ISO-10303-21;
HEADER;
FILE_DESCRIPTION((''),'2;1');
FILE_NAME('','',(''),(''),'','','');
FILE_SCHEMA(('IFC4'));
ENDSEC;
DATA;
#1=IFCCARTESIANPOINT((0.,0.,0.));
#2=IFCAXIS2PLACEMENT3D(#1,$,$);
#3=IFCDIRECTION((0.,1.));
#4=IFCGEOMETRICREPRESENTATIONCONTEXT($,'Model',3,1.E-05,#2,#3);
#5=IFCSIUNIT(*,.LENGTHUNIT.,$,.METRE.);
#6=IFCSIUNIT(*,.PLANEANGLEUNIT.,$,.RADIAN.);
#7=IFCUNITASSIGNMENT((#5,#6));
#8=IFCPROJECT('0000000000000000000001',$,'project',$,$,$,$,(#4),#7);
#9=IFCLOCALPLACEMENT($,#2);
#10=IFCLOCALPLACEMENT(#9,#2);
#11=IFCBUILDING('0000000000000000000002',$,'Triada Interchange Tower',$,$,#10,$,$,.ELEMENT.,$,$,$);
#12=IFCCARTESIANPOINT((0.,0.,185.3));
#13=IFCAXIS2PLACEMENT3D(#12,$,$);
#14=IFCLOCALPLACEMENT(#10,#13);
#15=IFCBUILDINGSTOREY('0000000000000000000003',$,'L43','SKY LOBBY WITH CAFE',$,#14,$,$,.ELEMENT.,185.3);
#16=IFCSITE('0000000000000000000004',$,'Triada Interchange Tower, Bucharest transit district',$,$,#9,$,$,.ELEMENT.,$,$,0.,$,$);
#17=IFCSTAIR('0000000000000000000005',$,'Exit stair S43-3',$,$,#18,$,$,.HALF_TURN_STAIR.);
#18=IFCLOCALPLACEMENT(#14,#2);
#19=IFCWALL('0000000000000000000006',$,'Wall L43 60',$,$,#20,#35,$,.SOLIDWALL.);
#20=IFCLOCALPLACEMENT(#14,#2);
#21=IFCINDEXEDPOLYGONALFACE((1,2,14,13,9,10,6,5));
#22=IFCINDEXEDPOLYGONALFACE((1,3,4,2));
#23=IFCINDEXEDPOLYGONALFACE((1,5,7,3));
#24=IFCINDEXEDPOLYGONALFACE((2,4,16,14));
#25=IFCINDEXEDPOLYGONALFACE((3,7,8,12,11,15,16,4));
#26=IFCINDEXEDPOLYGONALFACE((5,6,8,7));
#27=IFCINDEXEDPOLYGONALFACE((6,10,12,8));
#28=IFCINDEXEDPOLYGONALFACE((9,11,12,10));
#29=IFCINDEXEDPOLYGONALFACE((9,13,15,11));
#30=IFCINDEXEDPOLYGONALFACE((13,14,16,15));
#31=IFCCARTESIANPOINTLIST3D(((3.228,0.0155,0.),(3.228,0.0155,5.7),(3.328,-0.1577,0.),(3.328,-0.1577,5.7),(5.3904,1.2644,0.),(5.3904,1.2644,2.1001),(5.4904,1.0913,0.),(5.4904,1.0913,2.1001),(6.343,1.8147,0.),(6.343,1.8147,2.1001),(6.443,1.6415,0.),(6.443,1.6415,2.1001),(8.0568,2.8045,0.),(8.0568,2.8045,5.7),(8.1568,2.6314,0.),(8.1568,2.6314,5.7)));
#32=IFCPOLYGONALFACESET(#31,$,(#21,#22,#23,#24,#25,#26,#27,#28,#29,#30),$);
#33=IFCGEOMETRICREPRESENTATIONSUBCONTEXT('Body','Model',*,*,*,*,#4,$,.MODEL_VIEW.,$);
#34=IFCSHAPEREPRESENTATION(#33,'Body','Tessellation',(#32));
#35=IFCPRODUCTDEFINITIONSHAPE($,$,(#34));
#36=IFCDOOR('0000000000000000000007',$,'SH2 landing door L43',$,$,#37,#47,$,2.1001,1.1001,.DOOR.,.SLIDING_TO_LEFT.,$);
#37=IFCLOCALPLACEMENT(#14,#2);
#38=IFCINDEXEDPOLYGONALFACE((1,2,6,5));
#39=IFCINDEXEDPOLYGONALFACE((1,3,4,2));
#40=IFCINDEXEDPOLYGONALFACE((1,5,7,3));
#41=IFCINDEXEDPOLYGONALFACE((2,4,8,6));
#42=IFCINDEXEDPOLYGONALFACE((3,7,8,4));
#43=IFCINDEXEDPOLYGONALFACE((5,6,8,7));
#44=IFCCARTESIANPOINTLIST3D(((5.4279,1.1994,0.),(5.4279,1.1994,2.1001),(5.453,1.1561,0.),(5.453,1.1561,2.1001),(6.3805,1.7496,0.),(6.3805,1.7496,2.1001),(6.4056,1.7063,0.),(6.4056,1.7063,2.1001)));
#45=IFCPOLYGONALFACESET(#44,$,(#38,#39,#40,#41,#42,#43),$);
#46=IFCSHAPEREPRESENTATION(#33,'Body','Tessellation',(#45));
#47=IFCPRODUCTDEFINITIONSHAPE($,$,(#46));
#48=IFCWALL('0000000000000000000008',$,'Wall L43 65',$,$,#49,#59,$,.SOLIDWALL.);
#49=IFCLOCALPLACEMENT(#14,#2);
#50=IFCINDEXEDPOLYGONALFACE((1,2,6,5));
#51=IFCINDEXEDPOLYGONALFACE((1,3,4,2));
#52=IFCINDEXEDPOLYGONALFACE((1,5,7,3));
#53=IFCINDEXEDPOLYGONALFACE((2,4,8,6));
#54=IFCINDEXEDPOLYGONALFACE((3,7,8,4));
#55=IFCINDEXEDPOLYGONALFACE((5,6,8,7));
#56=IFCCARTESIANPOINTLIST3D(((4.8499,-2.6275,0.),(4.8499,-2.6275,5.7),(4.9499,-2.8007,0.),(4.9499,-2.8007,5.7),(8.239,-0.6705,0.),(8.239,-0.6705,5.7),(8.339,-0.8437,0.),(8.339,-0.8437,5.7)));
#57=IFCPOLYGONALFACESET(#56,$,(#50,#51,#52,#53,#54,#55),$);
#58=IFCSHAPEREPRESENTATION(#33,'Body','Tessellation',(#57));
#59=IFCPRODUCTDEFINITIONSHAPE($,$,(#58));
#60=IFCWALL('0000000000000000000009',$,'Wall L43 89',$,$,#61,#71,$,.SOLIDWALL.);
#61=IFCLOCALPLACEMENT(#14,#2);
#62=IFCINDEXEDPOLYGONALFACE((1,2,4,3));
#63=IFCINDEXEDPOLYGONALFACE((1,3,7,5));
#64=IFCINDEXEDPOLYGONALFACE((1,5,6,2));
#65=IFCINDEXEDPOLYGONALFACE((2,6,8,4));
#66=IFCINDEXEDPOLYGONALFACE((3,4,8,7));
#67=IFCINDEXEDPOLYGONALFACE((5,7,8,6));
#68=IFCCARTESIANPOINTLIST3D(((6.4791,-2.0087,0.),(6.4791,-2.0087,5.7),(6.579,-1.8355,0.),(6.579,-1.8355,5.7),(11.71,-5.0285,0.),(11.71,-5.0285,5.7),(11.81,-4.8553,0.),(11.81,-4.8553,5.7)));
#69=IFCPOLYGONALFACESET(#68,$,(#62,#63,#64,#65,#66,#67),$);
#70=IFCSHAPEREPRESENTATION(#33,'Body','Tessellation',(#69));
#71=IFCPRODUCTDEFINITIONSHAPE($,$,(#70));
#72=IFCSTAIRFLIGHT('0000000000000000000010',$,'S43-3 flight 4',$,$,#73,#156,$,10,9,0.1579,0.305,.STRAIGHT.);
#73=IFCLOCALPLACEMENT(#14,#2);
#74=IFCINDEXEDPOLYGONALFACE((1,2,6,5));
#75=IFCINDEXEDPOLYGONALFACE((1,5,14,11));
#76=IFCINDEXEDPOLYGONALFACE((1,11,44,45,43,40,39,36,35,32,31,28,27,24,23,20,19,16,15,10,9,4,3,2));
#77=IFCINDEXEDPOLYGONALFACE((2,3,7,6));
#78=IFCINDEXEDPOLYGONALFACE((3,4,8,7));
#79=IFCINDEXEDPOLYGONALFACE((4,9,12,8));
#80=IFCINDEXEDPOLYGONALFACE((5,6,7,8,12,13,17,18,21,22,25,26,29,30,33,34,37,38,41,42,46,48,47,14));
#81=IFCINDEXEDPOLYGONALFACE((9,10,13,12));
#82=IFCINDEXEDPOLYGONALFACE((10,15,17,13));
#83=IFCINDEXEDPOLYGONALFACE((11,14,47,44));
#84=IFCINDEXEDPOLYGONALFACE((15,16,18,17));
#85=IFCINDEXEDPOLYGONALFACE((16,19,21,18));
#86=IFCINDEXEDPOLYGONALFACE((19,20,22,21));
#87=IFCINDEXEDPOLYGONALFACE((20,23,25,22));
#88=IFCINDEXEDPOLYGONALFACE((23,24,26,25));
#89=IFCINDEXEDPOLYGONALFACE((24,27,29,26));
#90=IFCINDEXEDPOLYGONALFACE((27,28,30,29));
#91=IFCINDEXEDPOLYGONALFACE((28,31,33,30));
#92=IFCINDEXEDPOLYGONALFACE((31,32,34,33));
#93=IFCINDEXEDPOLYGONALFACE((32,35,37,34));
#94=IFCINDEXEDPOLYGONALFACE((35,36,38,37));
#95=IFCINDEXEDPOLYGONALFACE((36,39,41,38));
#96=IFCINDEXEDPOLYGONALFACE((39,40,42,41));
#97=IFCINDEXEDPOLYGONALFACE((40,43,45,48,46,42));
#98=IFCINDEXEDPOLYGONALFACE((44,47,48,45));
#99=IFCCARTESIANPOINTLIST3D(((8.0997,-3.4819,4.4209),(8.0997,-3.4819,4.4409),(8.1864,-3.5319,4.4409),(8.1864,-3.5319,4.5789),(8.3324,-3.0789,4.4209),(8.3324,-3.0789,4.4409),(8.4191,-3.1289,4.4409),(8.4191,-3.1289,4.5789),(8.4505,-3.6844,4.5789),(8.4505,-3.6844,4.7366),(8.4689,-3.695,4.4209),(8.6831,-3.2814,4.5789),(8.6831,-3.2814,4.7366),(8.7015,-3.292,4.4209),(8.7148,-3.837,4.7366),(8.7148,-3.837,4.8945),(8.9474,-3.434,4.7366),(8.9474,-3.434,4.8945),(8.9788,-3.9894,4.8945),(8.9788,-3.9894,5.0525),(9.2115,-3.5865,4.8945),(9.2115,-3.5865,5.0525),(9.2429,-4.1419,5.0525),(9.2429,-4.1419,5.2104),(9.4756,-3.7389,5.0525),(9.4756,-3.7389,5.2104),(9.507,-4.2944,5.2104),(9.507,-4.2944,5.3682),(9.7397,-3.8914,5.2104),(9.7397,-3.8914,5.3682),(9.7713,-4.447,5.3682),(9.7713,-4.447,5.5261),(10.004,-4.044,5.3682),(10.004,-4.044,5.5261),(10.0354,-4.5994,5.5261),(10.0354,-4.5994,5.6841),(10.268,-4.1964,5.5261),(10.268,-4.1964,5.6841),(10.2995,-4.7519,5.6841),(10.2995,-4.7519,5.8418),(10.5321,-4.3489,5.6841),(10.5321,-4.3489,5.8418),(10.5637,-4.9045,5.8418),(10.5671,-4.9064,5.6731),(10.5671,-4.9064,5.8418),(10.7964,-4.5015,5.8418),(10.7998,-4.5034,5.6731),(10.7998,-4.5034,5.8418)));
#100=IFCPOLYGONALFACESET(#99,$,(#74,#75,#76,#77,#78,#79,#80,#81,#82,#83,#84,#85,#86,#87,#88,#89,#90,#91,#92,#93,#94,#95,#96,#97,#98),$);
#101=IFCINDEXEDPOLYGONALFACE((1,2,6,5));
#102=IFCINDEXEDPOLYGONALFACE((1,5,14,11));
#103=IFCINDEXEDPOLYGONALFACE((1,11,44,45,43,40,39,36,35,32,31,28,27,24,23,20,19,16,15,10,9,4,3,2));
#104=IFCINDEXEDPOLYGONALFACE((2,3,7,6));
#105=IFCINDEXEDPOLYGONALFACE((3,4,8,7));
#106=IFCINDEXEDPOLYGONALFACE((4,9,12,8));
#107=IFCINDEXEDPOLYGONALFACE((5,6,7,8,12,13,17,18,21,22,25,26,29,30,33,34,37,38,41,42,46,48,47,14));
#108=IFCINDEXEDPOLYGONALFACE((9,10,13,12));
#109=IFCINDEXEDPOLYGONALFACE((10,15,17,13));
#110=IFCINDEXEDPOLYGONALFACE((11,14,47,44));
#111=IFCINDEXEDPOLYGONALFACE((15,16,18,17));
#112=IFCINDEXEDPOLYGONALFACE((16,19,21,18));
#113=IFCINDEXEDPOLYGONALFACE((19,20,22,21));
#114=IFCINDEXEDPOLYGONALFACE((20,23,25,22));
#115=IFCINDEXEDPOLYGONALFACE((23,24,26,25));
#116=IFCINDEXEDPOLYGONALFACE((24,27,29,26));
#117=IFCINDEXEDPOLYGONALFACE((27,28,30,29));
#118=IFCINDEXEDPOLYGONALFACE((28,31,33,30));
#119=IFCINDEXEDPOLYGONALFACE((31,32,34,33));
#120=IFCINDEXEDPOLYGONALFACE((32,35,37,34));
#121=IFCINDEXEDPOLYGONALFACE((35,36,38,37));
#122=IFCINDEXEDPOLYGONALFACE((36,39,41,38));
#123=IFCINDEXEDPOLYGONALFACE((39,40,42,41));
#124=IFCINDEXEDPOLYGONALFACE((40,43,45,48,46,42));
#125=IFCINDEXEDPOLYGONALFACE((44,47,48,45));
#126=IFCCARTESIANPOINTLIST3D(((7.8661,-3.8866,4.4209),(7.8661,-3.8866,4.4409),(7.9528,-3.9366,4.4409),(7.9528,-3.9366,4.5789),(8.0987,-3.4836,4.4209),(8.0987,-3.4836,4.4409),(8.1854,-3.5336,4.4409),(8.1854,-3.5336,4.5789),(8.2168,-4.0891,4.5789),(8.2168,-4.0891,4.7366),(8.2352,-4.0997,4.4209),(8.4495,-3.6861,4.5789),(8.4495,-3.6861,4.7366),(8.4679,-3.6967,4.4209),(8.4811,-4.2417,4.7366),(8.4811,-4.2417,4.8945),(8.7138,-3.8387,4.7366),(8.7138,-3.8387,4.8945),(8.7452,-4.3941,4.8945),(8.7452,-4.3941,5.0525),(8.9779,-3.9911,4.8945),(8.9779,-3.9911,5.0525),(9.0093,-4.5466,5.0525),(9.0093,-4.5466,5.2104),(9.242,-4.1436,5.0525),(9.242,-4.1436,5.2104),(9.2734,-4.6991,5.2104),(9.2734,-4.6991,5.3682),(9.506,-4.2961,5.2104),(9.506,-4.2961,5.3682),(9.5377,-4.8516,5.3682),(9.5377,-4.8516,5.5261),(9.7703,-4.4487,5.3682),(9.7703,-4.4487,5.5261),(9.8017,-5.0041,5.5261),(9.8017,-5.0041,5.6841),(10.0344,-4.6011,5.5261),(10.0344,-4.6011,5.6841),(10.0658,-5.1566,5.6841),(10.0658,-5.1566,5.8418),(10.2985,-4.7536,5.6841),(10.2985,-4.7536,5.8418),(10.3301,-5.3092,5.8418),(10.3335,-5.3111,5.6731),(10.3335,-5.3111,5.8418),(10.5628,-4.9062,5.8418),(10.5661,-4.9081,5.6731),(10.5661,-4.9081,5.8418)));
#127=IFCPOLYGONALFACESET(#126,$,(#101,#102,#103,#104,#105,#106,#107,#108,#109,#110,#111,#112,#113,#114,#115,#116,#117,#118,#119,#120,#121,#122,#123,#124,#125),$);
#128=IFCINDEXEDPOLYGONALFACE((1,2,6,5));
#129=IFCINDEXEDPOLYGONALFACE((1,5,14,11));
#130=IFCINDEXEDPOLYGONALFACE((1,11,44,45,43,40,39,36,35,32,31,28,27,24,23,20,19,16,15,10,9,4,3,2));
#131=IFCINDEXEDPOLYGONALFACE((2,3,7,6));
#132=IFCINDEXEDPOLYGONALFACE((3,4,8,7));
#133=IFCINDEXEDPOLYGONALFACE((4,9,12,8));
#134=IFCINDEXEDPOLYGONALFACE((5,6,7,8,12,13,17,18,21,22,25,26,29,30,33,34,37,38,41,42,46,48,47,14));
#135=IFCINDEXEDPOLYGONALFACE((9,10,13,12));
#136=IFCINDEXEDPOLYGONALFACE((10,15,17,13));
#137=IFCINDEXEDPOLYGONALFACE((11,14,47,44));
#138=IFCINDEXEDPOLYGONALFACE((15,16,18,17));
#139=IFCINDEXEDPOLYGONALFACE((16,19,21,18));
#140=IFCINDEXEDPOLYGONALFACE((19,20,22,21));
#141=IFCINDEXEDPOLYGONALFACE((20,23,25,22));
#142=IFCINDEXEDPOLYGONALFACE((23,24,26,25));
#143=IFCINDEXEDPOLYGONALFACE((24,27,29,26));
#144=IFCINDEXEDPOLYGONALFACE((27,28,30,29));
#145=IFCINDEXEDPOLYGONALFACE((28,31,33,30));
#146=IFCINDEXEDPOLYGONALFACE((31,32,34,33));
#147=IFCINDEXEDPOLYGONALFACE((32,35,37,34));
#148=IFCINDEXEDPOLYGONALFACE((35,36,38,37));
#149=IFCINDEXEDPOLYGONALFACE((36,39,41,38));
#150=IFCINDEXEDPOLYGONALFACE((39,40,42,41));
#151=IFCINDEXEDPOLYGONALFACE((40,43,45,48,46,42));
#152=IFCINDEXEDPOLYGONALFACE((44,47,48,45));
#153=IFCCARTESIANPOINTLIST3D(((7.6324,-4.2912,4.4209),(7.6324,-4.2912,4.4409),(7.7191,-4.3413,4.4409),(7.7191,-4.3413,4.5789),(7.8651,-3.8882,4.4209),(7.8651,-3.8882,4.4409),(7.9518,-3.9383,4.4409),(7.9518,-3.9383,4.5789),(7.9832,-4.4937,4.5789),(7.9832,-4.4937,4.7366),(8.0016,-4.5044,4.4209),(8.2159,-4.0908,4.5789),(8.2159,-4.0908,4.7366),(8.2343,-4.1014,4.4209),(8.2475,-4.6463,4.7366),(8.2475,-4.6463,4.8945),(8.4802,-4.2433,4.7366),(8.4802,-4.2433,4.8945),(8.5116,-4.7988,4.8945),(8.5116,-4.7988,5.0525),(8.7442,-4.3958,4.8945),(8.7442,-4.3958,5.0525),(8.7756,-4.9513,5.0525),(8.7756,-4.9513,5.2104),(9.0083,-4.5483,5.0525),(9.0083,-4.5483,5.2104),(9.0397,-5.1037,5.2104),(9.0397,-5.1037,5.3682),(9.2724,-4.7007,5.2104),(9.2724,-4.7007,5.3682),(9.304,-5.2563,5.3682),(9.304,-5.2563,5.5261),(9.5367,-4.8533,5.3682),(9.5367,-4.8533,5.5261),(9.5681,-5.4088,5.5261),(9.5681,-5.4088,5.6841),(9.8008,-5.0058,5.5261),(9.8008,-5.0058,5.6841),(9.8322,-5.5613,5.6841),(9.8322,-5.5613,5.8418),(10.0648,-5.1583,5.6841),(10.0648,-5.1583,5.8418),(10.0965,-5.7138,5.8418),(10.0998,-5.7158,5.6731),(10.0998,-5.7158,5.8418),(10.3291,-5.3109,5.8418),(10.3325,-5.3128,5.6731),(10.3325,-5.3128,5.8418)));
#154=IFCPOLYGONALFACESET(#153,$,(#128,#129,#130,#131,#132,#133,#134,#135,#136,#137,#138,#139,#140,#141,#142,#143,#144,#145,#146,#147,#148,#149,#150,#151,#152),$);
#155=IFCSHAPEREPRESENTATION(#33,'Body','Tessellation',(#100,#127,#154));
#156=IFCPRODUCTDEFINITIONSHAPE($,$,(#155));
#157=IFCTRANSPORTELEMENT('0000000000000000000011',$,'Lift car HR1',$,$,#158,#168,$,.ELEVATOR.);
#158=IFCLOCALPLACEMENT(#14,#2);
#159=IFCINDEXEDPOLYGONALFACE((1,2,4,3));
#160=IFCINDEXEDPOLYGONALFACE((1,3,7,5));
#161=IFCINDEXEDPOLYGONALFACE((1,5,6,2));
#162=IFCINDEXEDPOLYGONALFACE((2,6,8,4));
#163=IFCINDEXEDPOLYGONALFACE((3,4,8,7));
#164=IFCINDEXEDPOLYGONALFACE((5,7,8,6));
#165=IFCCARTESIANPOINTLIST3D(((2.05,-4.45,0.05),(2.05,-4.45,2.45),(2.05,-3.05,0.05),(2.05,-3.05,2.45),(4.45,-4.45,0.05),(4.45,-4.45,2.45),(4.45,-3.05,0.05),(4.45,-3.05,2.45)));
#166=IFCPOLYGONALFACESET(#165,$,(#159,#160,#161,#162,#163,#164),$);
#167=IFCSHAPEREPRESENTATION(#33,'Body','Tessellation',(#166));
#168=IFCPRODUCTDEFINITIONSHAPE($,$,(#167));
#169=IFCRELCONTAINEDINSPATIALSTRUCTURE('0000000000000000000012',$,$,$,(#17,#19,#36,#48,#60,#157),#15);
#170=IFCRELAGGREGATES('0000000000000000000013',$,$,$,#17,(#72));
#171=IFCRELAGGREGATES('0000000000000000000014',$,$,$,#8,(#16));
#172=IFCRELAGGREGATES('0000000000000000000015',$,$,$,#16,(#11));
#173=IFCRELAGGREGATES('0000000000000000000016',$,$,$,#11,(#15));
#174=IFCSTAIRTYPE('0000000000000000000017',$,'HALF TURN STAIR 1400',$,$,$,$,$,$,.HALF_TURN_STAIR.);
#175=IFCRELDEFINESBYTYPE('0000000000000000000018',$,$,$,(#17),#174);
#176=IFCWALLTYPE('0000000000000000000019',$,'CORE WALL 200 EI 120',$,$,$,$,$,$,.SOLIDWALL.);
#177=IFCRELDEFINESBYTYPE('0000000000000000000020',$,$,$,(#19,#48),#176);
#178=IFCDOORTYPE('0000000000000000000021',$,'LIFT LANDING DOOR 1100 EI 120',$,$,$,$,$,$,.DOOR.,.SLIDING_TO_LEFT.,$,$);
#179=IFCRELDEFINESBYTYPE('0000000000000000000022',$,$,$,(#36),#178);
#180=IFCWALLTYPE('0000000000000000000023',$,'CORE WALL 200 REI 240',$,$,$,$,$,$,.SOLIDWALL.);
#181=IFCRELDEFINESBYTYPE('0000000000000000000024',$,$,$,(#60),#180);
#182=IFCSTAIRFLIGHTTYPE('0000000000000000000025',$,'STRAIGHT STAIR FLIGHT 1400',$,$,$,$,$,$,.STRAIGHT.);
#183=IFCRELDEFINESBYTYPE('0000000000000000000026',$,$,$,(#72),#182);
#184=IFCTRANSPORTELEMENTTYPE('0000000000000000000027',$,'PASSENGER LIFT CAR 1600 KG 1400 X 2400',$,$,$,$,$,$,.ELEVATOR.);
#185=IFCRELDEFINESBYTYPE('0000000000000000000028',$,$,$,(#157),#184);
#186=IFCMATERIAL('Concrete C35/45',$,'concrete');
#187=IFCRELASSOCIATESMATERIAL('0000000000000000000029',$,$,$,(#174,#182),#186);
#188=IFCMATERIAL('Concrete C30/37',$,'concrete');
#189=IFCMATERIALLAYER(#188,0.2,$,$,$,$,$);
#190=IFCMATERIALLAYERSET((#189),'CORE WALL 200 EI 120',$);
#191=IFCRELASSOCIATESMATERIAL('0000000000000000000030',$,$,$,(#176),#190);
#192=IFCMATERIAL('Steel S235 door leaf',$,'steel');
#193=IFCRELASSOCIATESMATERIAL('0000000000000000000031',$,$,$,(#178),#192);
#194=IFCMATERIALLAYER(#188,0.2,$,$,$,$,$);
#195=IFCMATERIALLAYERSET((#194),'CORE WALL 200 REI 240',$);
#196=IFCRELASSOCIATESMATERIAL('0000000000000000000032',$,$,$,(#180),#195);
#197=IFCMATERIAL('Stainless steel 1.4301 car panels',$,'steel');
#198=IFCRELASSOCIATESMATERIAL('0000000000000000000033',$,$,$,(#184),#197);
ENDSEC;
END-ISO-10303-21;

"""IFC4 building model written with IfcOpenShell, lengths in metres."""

from ifc_helpers import new_model, si_unit, direction, frame, frame_2d, origin, origin_2d, place, context, subcontext, project, spatial, polyline, rectangle, outline, extrude, material, layer, layer_set, type_object, element, fill, aggregate, save


model = new_model("IFC4")

# Units and contexts
model_context = context("Model", 3, precision=1e-05, world=origin(), true_north=direction((0.0, 1.0)))
body_context = subcontext(model_context, "Body", "Model", "MODEL_VIEW")
ifc_project = project(units=[si_unit("LENGTHUNIT", "METRE"), si_unit("PLANEANGLEUNIT", "RADIAN")], contexts=[model_context])

# Site, building, storey
site_placement = place(None, origin())
site = spatial("IfcSite", under=ifc_project, at=site_placement, Name="Triada Interchange Tower, Bucharest transit district", CompositionType="ELEMENT", RefElevation=0.0)
building_placement = place(site_placement, origin())
building = spatial("IfcBuilding", under=site, at=building_placement, Name="Triada Interchange Tower", CompositionType="ELEMENT")
storey_placement = place(building_placement, frame((0.0, 0.0, 185.3)))
storey = spatial("IfcBuildingStorey", under=building, at=storey_placement, Name="L43", Description="SKY LOBBY WITH CAFE", CompositionType="ELEMENT", Elevation=185.3)

# Stair
ifc_material_1 = material(Name="Concrete C35/45", Category="concrete")
stair_type = type_object("IfcStairType", Name="HALF TURN STAIR 1400", PredefinedType="HALF_TURN_STAIR", material=ifc_material_1)
stair_1_placement = place(storey_placement, origin())
stair_1 = element("IfcStair", 1, at=stair_1_placement, inside=storey, type_object=stair_type, Name="Exit stair S43-3", PredefinedType="HALF_TURN_STAIR")

# Wall, opening, door
ifc_material_2 = material(Name="Concrete C30/37", Category="concrete")
ifc_layer_1 = layer(ifc_material_2, 0.2)
ifc_layer_set_1 = layer_set([ifc_layer_1], Name="CORE WALL 200 EI 120")
wall_type_1 = type_object("IfcWallType", Name="CORE WALL 200 EI 120", PredefinedType="SOLIDWALL", material=ifc_layer_set_1)
ifc_material_3 = material(Name="Steel S235 door leaf", Category="steel")
door_type = type_object("IfcDoorType", Name="LIFT LANDING DOOR 1100 EI 120", OperationType="SLIDING_TO_LEFT", PredefinedType="DOOR", material=ifc_material_3)
wall_1_placement = place(storey_placement, frame((3.2781, -0.071, 0.0), z_axis=(0.0, 0.0, 1.0), x_axis=(0.865938, 0.500151, 0.0)))
wall_1 = element("IfcWall", 2, at=wall_1_placement, inside=storey, type_object=wall_type_1, Name="Wall L43 60", PredefinedType="SOLIDWALL", context=body_context, shape_type="SweptSolid", body=[
    extrude(rectangle(XDim=5.5764, YDim=0.2, at=frame_2d((2.7881, 0.0))), origin(), (0.0, 0.0, 1.0), 5.7),
])
opening_1_placement = place(wall_1_placement, frame((2.4971, 0.0, 0.0)))
opening_1 = element("IfcOpeningElement", 3, at=opening_1_placement, cuts=wall_1, PredefinedType="OPENING", context=body_context, shape_type="SweptSolid", body=[
    extrude(rectangle(XDim=1.1001, YDim=2.1001, at=frame_2d((0.55, 1.05))), frame((0.0, 0.1099, 0.0), z_axis=(0.0, -1.0, 0.0), x_axis=(1.0, 0.0, 0.0)), (0.0, 0.0, 1.0), 0.22),
])
door_1_placement = place(opening_1_placement, origin())
door_1 = element("IfcDoor", 4, at=door_1_placement, inside=storey, type_object=door_type, Name="SH2 landing door L43", OperationType="SLIDING_TO_LEFT", OverallHeight=2.1001, OverallWidth=1.1001, PredefinedType="DOOR", context=body_context, shape_type="SweptSolid", body=[
    extrude(rectangle(XDim=1.1001, YDim=2.1001, at=frame_2d((0.55, 1.05))), frame((0.0, 0.0249, 0.0), z_axis=(0.0, -1.0, 0.0), x_axis=(1.0, 0.0, 0.0)), (0.0, 0.0, 1.0), 0.05),
])
fill(opening_1, door_1)

# Walls
wall_2_placement = place(storey_placement, frame((4.8999, -2.7141, 0.0), z_axis=(0.0, 0.0, 1.0), x_axis=(0.865992, 0.500057, 0.0)))
element("IfcWall", 5, at=wall_2_placement, inside=storey, type_object=wall_type_1, Name="Wall L43 65", PredefinedType="SOLIDWALL", context=body_context, shape_type="SweptSolid", body=[
    extrude(rectangle(XDim=3.9136, YDim=0.2, at=frame_2d((1.9568, 0.0))), origin(), (0.0, 0.0, 1.0), 5.7),
])
ifc_layer_2 = layer(ifc_material_2, 0.2)
ifc_layer_set_2 = layer_set([ifc_layer_2], Name="CORE WALL 200 REI 240")
wall_type_2 = type_object("IfcWallType", Name="CORE WALL 200 REI 240", PredefinedType="SOLIDWALL", material=ifc_layer_set_2)
wall_3_placement = place(storey_placement, frame((6.5291, -1.9221, 0.0), z_axis=(0.0, 0.0, 1.0), x_axis=(0.866048, -0.49996, 0.0)))
element("IfcWall", 6, at=wall_3_placement, inside=storey, type_object=wall_type_2, Name="Wall L43 89", PredefinedType="SOLIDWALL", context=body_context, shape_type="SweptSolid", body=[
    extrude(rectangle(XDim=6.04, YDim=0.2, at=frame_2d((3.02, 0.0))), origin(), (0.0, 0.0, 1.0), 5.7),
])

# Stair flight
stair_flight_type = type_object("IfcStairFlightType", Name="STRAIGHT STAIR FLIGHT 1400", PredefinedType="STRAIGHT", material=ifc_material_1)
stair_flight_placement = place(storey_placement, frame((8.0691, -3.7351, 4.4209), z_axis=(0.0, 0.0, 1.0), x_axis=(0.866025, -0.5, 0.0)))
stair_flight = element("IfcStairFlight", 7, at=stair_flight_placement, type_object=stair_flight_type, Name="S43-3 flight 4", NumberOfRisers=10, NumberOfTreads=9, PredefinedType="STRAIGHT", RiserHeight=0.1579, TreadLength=0.305, context=body_context, shape_type="SweptSolid", body=[
    extrude(outline(polyline([(-0.1001, 0.0), (-0.1001, 0.02), (0.0, 0.02), (0.0, 0.158), (0.3049, 0.158), (0.3049, 0.3157), (0.6101, 0.3157), (0.6101, 0.4736), (0.915, 0.4736), (0.915, 0.6316), (1.22, 0.6316), (1.22, 0.7896), (1.5249, 0.7896), (1.5249, 0.9473), (1.8301, 0.9473), (1.8301, 1.1052), (2.135, 1.1052), (2.135, 1.2632), (2.4399, 1.2632), (2.4399, 1.4209), (2.7451, 1.4209), (2.749, 1.4209), (2.749, 1.5789), (2.749, 1.2522), (0.3262, 0.0), (-0.1001, 0.0)])), frame((0.0, 0.7, 0.0), z_axis=(0.0, -1.0, 0.0), x_axis=(1.0, 0.0, 0.0)), (0.0, 0.0, 1.0), 0.4653),
    extrude(outline(polyline([(-0.1001, 0.0), (-0.1001, 0.02), (0.0, 0.02), (0.0, 0.158), (0.3049, 0.158), (0.3049, 0.3157), (0.6101, 0.3157), (0.6101, 0.4736), (0.915, 0.4736), (0.915, 0.6316), (1.22, 0.6316), (1.22, 0.7896), (1.5249, 0.7896), (1.5249, 0.9473), (1.8301, 0.9473), (1.8301, 1.1052), (2.135, 1.1052), (2.135, 1.2632), (2.4399, 1.2632), (2.4399, 1.4209), (2.7451, 1.4209), (2.749, 1.4209), (2.749, 1.5789), (2.749, 1.2522), (0.3262, 0.0), (-0.1001, 0.0)])), frame((0.0, 0.2327, 0.0), z_axis=(0.0, -1.0, 0.0), x_axis=(1.0, 0.0, 0.0)), (0.0, 0.0, 1.0), 0.4653),
    extrude(outline(polyline([(-0.1001, 0.0), (-0.1001, 0.02), (0.0, 0.02), (0.0, 0.158), (0.3049, 0.158), (0.3049, 0.3157), (0.6101, 0.3157), (0.6101, 0.4736), (0.915, 0.4736), (0.915, 0.6316), (1.22, 0.6316), (1.22, 0.7896), (1.5249, 0.7896), (1.5249, 0.9473), (1.8301, 0.9473), (1.8301, 1.1052), (2.135, 1.1052), (2.135, 1.2632), (2.4399, 1.2632), (2.4399, 1.4209), (2.7451, 1.4209), (2.749, 1.4209), (2.749, 1.5789), (2.749, 1.2522), (0.3262, 0.0), (-0.1001, 0.0)])), frame((0.0, -0.2346, 0.0), z_axis=(0.0, -1.0, 0.0), x_axis=(1.0, 0.0, 0.0)), (0.0, 0.0, 1.0), 0.4653),
])
aggregate(stair_1, [stair_flight])

# Transport element
ifc_material_4 = material(Name="Stainless steel 1.4301 car panels", Category="steel")
transport_element_type = type_object("IfcTransportElementType", Name="PASSENGER LIFT CAR 1600 KG 1400 X 2400", PredefinedType="ELEVATOR", material=ifc_material_4)
transport_element_placement = place(storey_placement, frame((3.25, -3.75, 0.05), z_axis=(0.0, 0.0, 1.0), x_axis=(0.0, -1.0, 0.0)))
element("IfcTransportElement", 8, at=transport_element_placement, inside=storey, type_object=transport_element_type, Name="Lift car HR1", PredefinedType="ELEVATOR", context=body_context, shape_type="SweptSolid", body=[
    extrude(rectangle(XDim=1.3999, YDim=2.3999, at=origin_2d()), origin(), (0.0, 0.0, 1.0), 2.3999),
])

save(model, "model.ifc")
